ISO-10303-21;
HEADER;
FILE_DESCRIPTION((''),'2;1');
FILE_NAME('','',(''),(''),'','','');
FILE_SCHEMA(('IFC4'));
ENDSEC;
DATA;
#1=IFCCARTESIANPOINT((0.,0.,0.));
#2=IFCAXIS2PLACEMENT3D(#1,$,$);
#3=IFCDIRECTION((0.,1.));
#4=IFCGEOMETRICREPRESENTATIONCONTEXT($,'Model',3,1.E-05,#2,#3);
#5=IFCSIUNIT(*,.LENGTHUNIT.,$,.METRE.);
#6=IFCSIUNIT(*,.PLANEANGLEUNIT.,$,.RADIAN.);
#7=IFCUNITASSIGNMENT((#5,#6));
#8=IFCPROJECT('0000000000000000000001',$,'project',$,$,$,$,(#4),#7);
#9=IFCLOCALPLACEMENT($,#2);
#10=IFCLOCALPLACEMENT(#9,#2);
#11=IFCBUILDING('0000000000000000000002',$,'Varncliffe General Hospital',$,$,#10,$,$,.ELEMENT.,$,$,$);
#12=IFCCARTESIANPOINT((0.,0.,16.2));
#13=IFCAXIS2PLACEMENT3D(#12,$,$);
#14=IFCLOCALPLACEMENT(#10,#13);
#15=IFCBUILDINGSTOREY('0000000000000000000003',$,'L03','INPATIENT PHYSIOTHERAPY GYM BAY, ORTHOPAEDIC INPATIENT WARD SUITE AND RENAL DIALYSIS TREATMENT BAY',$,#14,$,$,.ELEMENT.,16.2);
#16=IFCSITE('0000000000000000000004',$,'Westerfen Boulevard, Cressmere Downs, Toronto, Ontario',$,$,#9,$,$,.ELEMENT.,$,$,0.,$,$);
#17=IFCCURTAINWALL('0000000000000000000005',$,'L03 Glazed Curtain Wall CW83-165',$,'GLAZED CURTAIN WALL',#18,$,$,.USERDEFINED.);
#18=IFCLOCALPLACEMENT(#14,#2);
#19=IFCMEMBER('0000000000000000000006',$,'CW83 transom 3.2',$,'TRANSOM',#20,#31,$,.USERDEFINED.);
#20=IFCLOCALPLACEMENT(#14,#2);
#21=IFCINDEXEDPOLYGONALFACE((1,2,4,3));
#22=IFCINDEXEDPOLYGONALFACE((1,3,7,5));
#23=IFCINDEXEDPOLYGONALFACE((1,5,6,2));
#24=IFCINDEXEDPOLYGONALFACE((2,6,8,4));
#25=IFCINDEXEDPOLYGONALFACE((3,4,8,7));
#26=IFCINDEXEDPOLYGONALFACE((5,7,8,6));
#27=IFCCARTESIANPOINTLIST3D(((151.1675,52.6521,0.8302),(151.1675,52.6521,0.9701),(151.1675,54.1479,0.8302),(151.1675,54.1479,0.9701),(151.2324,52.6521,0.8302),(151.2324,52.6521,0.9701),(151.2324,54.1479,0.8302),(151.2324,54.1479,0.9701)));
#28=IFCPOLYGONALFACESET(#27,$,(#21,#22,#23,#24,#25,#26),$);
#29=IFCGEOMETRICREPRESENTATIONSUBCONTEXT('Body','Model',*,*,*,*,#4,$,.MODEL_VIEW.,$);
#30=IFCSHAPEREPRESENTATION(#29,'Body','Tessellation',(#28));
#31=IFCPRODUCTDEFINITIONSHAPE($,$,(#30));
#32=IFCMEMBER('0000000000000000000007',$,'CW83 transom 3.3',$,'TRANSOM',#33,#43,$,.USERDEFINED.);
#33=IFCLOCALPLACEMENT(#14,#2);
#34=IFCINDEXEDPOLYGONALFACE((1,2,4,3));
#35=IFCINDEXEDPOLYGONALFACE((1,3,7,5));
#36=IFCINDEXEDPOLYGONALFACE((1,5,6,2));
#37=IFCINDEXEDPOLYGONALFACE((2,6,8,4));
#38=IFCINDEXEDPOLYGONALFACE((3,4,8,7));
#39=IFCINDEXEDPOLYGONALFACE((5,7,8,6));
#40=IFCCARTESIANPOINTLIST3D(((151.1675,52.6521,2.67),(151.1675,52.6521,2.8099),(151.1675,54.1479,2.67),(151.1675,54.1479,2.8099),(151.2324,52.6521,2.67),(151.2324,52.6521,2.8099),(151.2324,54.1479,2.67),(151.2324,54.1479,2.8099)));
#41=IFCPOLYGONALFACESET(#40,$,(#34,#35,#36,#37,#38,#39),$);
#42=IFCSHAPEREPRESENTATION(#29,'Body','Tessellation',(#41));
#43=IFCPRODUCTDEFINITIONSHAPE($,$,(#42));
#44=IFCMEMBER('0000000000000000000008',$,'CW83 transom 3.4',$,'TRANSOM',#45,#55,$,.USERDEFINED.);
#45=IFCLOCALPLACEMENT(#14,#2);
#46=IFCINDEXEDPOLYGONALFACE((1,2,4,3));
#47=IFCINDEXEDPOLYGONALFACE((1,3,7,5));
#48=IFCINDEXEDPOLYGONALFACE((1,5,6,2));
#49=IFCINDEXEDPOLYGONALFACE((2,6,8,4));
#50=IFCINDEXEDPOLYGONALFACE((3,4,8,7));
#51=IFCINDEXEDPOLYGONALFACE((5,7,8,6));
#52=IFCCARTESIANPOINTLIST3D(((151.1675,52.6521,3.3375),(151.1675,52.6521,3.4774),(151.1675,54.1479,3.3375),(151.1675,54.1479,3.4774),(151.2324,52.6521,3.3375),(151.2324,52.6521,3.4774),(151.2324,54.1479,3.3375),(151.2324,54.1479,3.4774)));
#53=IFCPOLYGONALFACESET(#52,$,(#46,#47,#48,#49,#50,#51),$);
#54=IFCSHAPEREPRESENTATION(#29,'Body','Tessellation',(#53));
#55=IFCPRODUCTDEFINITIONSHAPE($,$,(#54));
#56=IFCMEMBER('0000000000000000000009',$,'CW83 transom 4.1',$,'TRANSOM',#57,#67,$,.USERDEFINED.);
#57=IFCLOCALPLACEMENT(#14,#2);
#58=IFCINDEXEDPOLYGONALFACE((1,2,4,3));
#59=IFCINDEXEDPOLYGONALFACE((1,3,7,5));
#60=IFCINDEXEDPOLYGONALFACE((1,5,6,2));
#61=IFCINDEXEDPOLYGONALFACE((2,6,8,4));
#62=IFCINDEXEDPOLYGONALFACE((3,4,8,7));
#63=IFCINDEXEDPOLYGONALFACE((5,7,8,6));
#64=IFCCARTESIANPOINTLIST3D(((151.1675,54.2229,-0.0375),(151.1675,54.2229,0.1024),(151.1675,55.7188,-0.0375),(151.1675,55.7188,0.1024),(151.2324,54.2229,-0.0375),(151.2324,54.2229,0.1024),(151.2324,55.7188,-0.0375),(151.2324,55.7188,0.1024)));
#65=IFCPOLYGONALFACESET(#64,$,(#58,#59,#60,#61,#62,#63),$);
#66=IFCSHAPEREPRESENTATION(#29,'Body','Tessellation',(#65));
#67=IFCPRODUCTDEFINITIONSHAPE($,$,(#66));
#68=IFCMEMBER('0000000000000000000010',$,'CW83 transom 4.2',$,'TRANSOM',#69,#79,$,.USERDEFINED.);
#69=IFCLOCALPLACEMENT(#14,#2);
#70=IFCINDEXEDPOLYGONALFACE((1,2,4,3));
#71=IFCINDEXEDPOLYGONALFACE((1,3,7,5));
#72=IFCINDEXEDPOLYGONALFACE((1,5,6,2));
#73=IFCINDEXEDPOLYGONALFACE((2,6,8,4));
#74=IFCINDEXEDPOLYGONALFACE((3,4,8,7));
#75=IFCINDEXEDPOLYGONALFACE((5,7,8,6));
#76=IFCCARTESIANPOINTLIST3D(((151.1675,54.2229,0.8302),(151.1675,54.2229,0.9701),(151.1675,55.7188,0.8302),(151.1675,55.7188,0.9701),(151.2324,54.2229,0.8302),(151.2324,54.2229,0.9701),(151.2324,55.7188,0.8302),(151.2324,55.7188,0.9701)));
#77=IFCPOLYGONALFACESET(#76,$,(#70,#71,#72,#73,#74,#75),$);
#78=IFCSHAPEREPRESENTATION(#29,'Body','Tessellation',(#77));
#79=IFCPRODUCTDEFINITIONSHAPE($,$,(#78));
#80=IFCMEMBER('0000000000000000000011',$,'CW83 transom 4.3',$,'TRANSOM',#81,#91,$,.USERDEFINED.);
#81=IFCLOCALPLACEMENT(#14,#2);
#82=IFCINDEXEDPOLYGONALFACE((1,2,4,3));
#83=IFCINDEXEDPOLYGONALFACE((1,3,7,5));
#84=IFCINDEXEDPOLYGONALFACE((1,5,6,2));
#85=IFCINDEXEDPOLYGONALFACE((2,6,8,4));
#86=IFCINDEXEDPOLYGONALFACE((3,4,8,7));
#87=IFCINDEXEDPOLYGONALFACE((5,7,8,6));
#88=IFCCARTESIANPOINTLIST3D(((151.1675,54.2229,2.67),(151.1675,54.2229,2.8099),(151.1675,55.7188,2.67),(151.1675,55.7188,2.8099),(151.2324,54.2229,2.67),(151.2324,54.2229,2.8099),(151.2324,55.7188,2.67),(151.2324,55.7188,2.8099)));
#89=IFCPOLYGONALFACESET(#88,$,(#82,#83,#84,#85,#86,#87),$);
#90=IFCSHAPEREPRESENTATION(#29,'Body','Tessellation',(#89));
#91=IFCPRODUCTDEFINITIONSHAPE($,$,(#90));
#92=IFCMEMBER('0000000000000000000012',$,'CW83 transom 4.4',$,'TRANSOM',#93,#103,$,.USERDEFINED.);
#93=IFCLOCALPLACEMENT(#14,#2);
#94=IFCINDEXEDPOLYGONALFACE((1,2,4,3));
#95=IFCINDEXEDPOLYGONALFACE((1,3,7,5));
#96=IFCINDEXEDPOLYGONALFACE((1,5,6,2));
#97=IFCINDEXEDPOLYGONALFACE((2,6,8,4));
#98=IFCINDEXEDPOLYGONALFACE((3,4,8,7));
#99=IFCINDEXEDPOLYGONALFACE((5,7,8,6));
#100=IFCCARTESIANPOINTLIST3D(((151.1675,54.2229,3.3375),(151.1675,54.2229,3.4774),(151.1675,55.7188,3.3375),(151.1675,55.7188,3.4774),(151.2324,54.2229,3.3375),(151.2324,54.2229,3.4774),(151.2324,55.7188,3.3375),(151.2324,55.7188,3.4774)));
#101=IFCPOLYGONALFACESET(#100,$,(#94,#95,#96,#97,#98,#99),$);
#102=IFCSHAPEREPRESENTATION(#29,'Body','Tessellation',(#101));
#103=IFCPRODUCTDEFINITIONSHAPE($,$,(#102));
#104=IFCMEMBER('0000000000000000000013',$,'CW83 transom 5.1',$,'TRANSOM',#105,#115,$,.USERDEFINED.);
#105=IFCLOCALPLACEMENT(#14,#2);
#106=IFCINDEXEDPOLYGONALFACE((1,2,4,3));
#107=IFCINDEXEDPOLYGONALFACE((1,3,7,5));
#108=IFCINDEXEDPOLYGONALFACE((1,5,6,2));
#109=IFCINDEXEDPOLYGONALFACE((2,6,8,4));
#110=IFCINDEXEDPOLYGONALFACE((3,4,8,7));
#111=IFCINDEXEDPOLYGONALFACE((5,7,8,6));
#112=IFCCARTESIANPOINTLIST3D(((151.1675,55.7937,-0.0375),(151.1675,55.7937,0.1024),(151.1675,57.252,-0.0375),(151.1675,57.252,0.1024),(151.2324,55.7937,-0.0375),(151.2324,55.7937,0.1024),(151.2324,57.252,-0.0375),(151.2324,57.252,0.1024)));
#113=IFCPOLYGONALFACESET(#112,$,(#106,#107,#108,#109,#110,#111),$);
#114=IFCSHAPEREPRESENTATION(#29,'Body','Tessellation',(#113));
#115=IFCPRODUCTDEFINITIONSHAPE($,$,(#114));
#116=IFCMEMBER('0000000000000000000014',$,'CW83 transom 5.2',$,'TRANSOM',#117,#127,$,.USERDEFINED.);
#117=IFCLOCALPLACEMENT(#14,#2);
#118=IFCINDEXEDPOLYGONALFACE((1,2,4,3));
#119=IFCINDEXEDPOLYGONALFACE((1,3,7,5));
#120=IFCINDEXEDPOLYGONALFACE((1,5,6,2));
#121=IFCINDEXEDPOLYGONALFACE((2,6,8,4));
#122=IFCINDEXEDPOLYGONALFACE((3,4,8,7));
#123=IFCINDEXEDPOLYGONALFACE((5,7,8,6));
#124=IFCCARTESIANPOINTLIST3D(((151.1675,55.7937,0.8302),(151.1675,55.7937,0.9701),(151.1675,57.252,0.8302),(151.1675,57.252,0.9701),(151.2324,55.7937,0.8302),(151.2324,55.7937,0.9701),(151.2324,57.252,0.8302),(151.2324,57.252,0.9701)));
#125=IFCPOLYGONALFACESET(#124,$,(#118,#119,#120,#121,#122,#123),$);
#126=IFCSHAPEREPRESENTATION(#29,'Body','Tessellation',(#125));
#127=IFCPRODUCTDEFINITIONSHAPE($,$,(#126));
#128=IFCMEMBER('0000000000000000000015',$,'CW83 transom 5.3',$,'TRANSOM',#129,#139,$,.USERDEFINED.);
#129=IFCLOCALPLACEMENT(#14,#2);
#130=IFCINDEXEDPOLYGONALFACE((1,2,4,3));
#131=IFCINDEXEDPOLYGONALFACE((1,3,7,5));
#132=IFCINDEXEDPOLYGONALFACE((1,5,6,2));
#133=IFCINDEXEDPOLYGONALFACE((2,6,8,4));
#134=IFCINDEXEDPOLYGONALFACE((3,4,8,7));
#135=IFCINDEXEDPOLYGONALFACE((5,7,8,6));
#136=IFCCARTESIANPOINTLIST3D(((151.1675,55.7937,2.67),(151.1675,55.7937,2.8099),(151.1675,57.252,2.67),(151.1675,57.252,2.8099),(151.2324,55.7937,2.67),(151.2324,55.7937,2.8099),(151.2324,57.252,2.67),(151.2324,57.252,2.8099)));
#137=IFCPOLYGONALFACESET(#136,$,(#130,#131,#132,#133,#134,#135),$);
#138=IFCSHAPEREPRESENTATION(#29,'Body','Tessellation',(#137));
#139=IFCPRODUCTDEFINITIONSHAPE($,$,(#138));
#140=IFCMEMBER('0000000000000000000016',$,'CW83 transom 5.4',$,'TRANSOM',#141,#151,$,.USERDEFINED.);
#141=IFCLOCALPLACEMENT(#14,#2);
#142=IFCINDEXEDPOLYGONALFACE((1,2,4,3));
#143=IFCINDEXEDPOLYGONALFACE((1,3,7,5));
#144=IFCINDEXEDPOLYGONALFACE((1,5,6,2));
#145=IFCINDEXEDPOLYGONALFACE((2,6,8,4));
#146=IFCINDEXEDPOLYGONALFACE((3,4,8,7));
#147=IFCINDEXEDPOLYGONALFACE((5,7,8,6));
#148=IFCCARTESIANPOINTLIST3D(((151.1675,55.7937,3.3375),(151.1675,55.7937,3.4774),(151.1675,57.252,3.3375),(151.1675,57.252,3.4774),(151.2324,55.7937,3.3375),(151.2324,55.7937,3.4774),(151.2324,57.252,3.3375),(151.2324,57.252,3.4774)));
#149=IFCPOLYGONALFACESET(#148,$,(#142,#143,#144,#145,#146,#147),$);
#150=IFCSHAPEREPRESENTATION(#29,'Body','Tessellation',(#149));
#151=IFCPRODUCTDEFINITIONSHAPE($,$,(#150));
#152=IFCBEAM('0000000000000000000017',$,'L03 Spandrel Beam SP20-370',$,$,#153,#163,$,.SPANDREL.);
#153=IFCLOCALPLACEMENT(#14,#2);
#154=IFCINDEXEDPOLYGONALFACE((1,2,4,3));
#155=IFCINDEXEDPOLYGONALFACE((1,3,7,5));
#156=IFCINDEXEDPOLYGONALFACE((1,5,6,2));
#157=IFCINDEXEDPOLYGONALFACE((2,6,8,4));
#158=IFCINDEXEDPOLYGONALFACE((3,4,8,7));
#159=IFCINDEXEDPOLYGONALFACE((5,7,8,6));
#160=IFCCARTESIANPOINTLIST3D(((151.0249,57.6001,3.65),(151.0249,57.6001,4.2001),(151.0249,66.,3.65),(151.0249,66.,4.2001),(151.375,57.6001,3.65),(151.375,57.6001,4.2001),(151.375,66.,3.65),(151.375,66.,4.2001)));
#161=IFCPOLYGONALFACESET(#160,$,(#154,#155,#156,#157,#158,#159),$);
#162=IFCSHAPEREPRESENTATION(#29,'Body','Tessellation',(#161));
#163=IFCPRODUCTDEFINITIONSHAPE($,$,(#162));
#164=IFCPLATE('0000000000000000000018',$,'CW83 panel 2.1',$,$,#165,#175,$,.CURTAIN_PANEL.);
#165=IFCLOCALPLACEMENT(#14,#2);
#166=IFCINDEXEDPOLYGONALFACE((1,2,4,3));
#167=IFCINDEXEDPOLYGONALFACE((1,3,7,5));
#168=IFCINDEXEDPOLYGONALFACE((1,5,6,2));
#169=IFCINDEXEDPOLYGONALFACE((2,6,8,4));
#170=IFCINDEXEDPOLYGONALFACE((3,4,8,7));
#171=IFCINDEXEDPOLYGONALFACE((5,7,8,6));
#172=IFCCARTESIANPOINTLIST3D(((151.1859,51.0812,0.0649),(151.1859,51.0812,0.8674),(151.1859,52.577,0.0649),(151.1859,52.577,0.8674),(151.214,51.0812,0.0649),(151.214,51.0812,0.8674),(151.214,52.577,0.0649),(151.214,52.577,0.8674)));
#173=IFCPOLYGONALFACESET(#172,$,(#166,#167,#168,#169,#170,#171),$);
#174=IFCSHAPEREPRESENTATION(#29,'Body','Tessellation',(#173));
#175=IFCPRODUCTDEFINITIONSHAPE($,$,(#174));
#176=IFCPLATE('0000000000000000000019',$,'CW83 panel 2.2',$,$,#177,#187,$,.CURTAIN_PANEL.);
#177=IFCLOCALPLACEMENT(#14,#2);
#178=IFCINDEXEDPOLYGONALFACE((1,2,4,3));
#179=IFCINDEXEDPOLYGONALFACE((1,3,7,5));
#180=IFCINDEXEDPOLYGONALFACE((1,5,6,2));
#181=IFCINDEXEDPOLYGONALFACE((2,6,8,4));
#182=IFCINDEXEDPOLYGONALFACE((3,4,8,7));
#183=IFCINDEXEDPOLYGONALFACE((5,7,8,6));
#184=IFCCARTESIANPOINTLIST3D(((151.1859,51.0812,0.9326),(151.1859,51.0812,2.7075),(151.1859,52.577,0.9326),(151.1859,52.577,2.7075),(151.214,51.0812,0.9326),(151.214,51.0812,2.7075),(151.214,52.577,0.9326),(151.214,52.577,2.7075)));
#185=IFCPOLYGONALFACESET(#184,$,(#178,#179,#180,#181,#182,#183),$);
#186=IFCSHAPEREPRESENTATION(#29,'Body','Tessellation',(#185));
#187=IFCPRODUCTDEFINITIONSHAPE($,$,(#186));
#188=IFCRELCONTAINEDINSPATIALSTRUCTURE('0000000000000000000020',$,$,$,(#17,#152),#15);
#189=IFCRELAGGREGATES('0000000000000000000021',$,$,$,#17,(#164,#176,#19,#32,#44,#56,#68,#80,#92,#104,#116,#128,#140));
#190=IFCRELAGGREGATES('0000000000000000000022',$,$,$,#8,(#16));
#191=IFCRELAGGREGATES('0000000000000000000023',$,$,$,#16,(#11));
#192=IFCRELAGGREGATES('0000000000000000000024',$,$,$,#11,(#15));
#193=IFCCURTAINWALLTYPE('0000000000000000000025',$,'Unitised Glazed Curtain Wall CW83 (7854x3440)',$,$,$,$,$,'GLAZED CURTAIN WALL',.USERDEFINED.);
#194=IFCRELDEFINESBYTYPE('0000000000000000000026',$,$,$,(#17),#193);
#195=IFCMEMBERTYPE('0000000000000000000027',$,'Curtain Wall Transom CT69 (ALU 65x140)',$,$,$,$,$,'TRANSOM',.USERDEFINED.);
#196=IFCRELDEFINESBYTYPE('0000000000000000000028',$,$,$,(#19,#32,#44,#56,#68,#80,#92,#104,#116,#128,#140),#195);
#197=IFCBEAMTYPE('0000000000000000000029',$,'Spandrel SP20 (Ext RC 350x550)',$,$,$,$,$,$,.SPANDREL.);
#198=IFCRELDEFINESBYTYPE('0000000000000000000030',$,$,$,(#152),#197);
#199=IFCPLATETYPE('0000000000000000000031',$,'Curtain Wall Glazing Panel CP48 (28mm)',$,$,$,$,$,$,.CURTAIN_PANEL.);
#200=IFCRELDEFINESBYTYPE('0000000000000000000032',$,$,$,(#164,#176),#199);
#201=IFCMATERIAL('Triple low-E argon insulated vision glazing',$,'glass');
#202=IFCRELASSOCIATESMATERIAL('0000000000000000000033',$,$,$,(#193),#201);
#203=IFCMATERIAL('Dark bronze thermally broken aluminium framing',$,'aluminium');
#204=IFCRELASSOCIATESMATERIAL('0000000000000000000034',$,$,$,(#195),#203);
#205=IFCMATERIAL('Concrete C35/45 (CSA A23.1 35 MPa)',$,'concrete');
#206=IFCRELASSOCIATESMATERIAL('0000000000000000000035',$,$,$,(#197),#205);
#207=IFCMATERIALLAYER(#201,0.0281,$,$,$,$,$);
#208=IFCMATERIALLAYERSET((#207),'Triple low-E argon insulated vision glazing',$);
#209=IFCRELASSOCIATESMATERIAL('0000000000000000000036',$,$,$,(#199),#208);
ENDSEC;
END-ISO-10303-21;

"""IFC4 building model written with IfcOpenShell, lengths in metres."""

from ifc_helpers import new_model, si_unit, direction, frame, origin, origin_2d, place, context, subcontext, project, spatial, rectangle, extrude, material, layer, layer_set, material_profile, profile_set, type_object, element, aggregate, save


model = new_model("IFC4")

# Units and contexts
model_context = context("Model", 3, precision=1e-05, world=origin(), true_north=direction((0.0, 1.0)))
body_context = subcontext(model_context, "Body", "Model", "MODEL_VIEW")
ifc_project = project(units=[si_unit("LENGTHUNIT", "METRE"), si_unit("PLANEANGLEUNIT", "RADIAN")], contexts=[model_context])

# Site, building, storey
site_placement = place(None, origin())
site = spatial("IfcSite", under=ifc_project, at=site_placement, Name="Westerfen Boulevard, Cressmere Downs, Toronto, Ontario", CompositionType="ELEMENT", RefElevation=0.0)
building_placement = place(site_placement, origin())
building = spatial("IfcBuilding", under=site, at=building_placement, Name="Varncliffe General Hospital", CompositionType="ELEMENT")
storey_placement = place(building_placement, frame((0.0, 0.0, 16.2)))
storey = spatial("IfcBuildingStorey", under=building, at=storey_placement, Name="L03", Description="INPATIENT PHYSIOTHERAPY GYM BAY, ORTHOPAEDIC INPATIENT WARD SUITE AND RENAL DIALYSIS TREATMENT BAY", CompositionType="ELEMENT", Elevation=16.2)

# Shared definitions
ifc_material_1 = material(Name="Concrete C35/45 (CSA A23.1 35 MPa)", Category="concrete")

# Shared definitions
ifc_material_2 = material(Name="Triple low-E argon insulated vision glazing", Category="glass")
ifc_material_3 = material(Name="Dark bronze thermally broken aluminium framing", Category="aluminium")

# Curtain wall
curtain_wall_type_1 = type_object("IfcCurtainWallType", Name="Unitised Glazed Curtain Wall CW83 (7854x3440)", ElementType="GLAZED CURTAIN WALL", PredefinedType="USERDEFINED", material=ifc_material_2)
curtain_wall_1_placement = place(storey_placement, origin())
curtain_wall_1 = element("IfcCurtainWall", 1, at=curtain_wall_1_placement, inside=storey, type_object=curtain_wall_type_1, Name="L03 Glazed Curtain Wall CW83-165", ObjectType="GLAZED CURTAIN WALL", PredefinedType="USERDEFINED")

# Members
ifc_material_profile_1 = material_profile(ifc_material_3, rectangle(XDim=0.0649, YDim=0.1399, at=origin_2d()), Name="ALU 65x140")
ifc_profile_set_1 = profile_set([ifc_material_profile_1], Name="Dark bronze thermally broken aluminium framing")
member_type_1 = type_object("IfcMemberType", Name="Curtain Wall Transom CT69 (ALU 65x140)", ElementType="TRANSOM", PredefinedType="USERDEFINED", material=ifc_profile_set_1)
member_1_placement = place(storey_placement, frame((151.2, 52.6521, 0.9001), z_axis=(0.0, 1.0, 0.0), x_axis=(-1.0, 0.0, 0.0)))
member_1 = element("IfcMember", 2, at=member_1_placement, type_object=member_type_1, Name="CW83 transom 3.2", ObjectType="TRANSOM", PredefinedType="USERDEFINED", context=body_context, shape_type="SweptSolid", body=[
    extrude(rectangle(XDim=0.0649, YDim=0.1399, at=origin_2d()), origin(), (0.0, 0.0, 1.0), 1.4958),
])
member_2_placement = place(storey_placement, frame((151.2, 52.6521, 2.74), z_axis=(0.0, 1.0, 0.0), x_axis=(-1.0, 0.0, 0.0)))
member_2 = element("IfcMember", 3, at=member_2_placement, type_object=member_type_1, Name="CW83 transom 3.3", ObjectType="TRANSOM", PredefinedType="USERDEFINED", context=body_context, shape_type="SweptSolid", body=[
    extrude(rectangle(XDim=0.0649, YDim=0.1399, at=origin_2d()), origin(), (0.0, 0.0, 1.0), 1.4958),
])
member_3_placement = place(storey_placement, frame((151.2, 52.6521, 3.4075), z_axis=(0.0, 1.0, 0.0), x_axis=(-1.0, 0.0, 0.0)))
member_3 = element("IfcMember", 4, at=member_3_placement, type_object=member_type_1, Name="CW83 transom 3.4", ObjectType="TRANSOM", PredefinedType="USERDEFINED", context=body_context, shape_type="SweptSolid", body=[
    extrude(rectangle(XDim=0.0649, YDim=0.1399, at=origin_2d()), origin(), (0.0, 0.0, 1.0), 1.4958),
])
member_4_placement = place(storey_placement, frame((151.2, 54.2229, 0.0325), z_axis=(0.0, 1.0, 0.0), x_axis=(-1.0, 0.0, 0.0)))
member_4 = element("IfcMember", 5, at=member_4_placement, type_object=member_type_1, Name="CW83 transom 4.1", ObjectType="TRANSOM", PredefinedType="USERDEFINED", context=body_context, shape_type="SweptSolid", body=[
    extrude(rectangle(XDim=0.0649, YDim=0.1399, at=origin_2d()), origin(), (0.0, 0.0, 1.0), 1.4958),
])
member_5_placement = place(storey_placement, frame((151.2, 54.2229, 0.9001), z_axis=(0.0, 1.0, 0.0), x_axis=(-1.0, 0.0, 0.0)))
member_5 = element("IfcMember", 6, at=member_5_placement, type_object=member_type_1, Name="CW83 transom 4.2", ObjectType="TRANSOM", PredefinedType="USERDEFINED", context=body_context, shape_type="SweptSolid", body=[
    extrude(rectangle(XDim=0.0649, YDim=0.1399, at=origin_2d()), origin(), (0.0, 0.0, 1.0), 1.4958),
])
member_6_placement = place(storey_placement, frame((151.2, 54.2229, 2.74), z_axis=(0.0, 1.0, 0.0), x_axis=(-1.0, 0.0, 0.0)))
member_6 = element("IfcMember", 7, at=member_6_placement, type_object=member_type_1, Name="CW83 transom 4.3", ObjectType="TRANSOM", PredefinedType="USERDEFINED", context=body_context, shape_type="SweptSolid", body=[
    extrude(rectangle(XDim=0.0649, YDim=0.1399, at=origin_2d()), origin(), (0.0, 0.0, 1.0), 1.4958),
])
member_7_placement = place(storey_placement, frame((151.2, 54.2229, 3.4075), z_axis=(0.0, 1.0, 0.0), x_axis=(-1.0, 0.0, 0.0)))
member_7 = element("IfcMember", 8, at=member_7_placement, type_object=member_type_1, Name="CW83 transom 4.4", ObjectType="TRANSOM", PredefinedType="USERDEFINED", context=body_context, shape_type="SweptSolid", body=[
    extrude(rectangle(XDim=0.0649, YDim=0.1399, at=origin_2d()), origin(), (0.0, 0.0, 1.0), 1.4958),
])
member_8_placement = place(storey_placement, frame((151.2, 55.7937, 0.0325), z_axis=(0.0, 1.0, 0.0), x_axis=(-1.0, 0.0, 0.0)))
member_8 = element("IfcMember", 9, at=member_8_placement, type_object=member_type_1, Name="CW83 transom 5.1", ObjectType="TRANSOM", PredefinedType="USERDEFINED", context=body_context, shape_type="SweptSolid", body=[
    extrude(rectangle(XDim=0.0649, YDim=0.1399, at=origin_2d()), origin(), (0.0, 0.0, 1.0), 1.4583),
])
member_9_placement = place(storey_placement, frame((151.2, 55.7937, 0.9001), z_axis=(0.0, 1.0, 0.0), x_axis=(-1.0, 0.0, 0.0)))
member_9 = element("IfcMember", 10, at=member_9_placement, type_object=member_type_1, Name="CW83 transom 5.2", ObjectType="TRANSOM", PredefinedType="USERDEFINED", context=body_context, shape_type="SweptSolid", body=[
    extrude(rectangle(XDim=0.0649, YDim=0.1399, at=origin_2d()), origin(), (0.0, 0.0, 1.0), 1.4583),
])
member_10_placement = place(storey_placement, frame((151.2, 55.7937, 2.74), z_axis=(0.0, 1.0, 0.0), x_axis=(-1.0, 0.0, 0.0)))
member_10 = element("IfcMember", 11, at=member_10_placement, type_object=member_type_1, Name="CW83 transom 5.3", ObjectType="TRANSOM", PredefinedType="USERDEFINED", context=body_context, shape_type="SweptSolid", body=[
    extrude(rectangle(XDim=0.0649, YDim=0.1399, at=origin_2d()), origin(), (0.0, 0.0, 1.0), 1.4583),
])
member_11_placement = place(storey_placement, frame((151.2, 55.7937, 3.4075), z_axis=(0.0, 1.0, 0.0), x_axis=(-1.0, 0.0, 0.0)))
member_11 = element("IfcMember", 12, at=member_11_placement, type_object=member_type_1, Name="CW83 transom 5.4", ObjectType="TRANSOM", PredefinedType="USERDEFINED", context=body_context, shape_type="SweptSolid", body=[
    extrude(rectangle(XDim=0.0649, YDim=0.1399, at=origin_2d()), origin(), (0.0, 0.0, 1.0), 1.4583),
])

# Beam
ifc_material_profile_2 = material_profile(ifc_material_1, rectangle(XDim=0.3501, YDim=0.55, at=origin_2d()), Name="RC 350x550")
ifc_profile_set_2 = profile_set([ifc_material_profile_2], Name="Concrete C35/45 (CSA A23.1 35 MPa)")
beam_type_1 = type_object("IfcBeamType", Name="Spandrel SP20 (Ext RC 350x550)", PredefinedType="SPANDREL", material=ifc_profile_set_2)
beam_1_placement = place(storey_placement, frame((151.2, 57.6001, 3.925), z_axis=(0.0, 1.0, 0.0), x_axis=(-1.0, 0.0, 0.0)))
element("IfcBeam", 13, at=beam_1_placement, inside=storey, type_object=beam_type_1, Name="L03 Spandrel Beam SP20-370", PredefinedType="SPANDREL", context=body_context, shape_type="SweptSolid", body=[
    extrude(rectangle(XDim=0.3501, YDim=0.55, at=origin_2d()), origin(), (0.0, 0.0, 1.0), 8.3999),
])

# Plates
ifc_layer = layer(ifc_material_2, 0.0281)
ifc_layer_set = layer_set([ifc_layer], Name="Triple low-E argon insulated vision glazing")
plate_type = type_object("IfcPlateType", Name="Curtain Wall Glazing Panel CP48 (28mm)", PredefinedType="CURTAIN_PANEL", material=ifc_layer_set)
plate_1_placement = place(storey_placement, frame((151.2, 51.8291, 0.0649), z_axis=(0.0, 0.0, 1.0), x_axis=(0.0, 1.0, 0.0)))
plate_1 = element("IfcPlate", 14, at=plate_1_placement, type_object=plate_type, Name="CW83 panel 2.1", PredefinedType="CURTAIN_PANEL", context=body_context, shape_type="SweptSolid", body=[
    extrude(rectangle(XDim=1.4958, YDim=0.0281, at=origin_2d()), origin(), (0.0, 0.0, 1.0), 0.8025),
])
plate_2_placement = place(storey_placement, frame((151.2, 51.8291, 0.9326), z_axis=(0.0, 0.0, 1.0), x_axis=(0.0, 1.0, 0.0)))
plate_2 = element("IfcPlate", 15, at=plate_2_placement, type_object=plate_type, Name="CW83 panel 2.2", PredefinedType="CURTAIN_PANEL", context=body_context, shape_type="SweptSolid", body=[
    extrude(rectangle(XDim=1.4958, YDim=0.0281, at=origin_2d()), origin(), (0.0, 0.0, 1.0), 1.7749),
])
aggregate(curtain_wall_1, [plate_1, plate_2, member_1, member_2, member_3, member_4, member_5, member_6, member_7, member_8, member_9, member_10, member_11])

save(model, "model.ifc")
